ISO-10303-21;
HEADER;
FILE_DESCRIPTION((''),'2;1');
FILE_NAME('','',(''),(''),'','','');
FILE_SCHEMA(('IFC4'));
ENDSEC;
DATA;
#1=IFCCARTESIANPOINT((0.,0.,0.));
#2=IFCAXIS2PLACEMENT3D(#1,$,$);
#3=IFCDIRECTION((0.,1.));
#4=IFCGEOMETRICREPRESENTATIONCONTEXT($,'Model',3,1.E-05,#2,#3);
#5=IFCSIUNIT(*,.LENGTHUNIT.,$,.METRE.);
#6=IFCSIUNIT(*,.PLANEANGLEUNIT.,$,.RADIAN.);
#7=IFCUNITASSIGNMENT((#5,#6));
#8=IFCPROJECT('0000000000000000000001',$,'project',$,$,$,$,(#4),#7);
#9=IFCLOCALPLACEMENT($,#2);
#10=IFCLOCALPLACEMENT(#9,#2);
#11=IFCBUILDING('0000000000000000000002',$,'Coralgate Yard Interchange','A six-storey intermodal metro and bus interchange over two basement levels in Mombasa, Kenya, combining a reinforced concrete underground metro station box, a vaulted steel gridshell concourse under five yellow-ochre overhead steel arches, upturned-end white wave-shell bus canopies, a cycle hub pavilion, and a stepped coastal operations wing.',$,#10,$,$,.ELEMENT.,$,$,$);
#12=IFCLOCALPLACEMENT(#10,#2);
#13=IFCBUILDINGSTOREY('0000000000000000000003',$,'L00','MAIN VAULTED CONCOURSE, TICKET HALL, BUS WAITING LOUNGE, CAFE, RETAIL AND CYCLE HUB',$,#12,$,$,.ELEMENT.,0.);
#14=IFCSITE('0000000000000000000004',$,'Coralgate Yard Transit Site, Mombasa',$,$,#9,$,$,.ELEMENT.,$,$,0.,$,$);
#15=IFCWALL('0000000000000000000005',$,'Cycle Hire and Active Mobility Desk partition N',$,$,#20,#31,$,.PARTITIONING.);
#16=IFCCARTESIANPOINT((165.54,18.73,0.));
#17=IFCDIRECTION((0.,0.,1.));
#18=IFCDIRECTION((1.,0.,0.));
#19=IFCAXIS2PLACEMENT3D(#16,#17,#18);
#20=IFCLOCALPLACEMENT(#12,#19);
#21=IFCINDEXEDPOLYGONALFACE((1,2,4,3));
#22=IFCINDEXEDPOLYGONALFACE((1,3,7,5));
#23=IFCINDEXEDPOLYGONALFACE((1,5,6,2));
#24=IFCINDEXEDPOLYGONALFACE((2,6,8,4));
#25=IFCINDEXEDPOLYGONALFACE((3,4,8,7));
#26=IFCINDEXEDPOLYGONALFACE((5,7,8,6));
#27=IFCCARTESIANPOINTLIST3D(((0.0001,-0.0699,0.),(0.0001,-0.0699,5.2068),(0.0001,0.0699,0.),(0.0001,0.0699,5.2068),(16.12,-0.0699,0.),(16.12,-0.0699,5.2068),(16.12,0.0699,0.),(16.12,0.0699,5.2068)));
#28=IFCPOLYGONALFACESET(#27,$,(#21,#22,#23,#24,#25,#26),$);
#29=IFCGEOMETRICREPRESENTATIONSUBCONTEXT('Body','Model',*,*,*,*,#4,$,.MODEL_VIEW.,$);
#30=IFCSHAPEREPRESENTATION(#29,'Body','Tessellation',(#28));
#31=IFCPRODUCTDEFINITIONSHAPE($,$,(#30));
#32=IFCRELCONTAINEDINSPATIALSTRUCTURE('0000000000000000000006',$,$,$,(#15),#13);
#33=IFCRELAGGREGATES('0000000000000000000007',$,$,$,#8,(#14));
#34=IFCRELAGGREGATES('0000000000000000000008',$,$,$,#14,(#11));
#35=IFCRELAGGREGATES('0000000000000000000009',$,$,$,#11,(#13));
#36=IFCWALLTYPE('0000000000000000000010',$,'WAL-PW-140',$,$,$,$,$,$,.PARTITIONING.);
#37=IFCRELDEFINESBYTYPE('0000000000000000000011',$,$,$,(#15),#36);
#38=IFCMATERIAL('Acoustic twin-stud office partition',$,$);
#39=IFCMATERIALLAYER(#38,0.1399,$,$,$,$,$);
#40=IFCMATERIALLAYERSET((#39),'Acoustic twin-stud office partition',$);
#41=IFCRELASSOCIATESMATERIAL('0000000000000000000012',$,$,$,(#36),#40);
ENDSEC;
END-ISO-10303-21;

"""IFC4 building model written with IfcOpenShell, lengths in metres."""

from ifc_helpers import new_model, si_unit, direction, frame, frame_2d, origin, place, context, subcontext, project, spatial, rectangle, extrude, material, layer, layer_set, type_object, element, save


model = new_model("IFC4")

# Units and contexts
model_context = context("Model", 3, precision=1e-05, world=origin(), true_north=direction((0.0, 1.0)))
body_context = subcontext(model_context, "Body", "Model", "MODEL_VIEW")
ifc_project = project(units=[si_unit("LENGTHUNIT", "METRE"), si_unit("PLANEANGLEUNIT", "RADIAN")], contexts=[model_context])

# Site, building, storey
site_placement = place(None, origin())
site = spatial("IfcSite", under=ifc_project, at=site_placement, Name="Coralgate Yard Transit Site, Mombasa", CompositionType="ELEMENT", RefElevation=0.0)
building_placement = place(site_placement, origin())
building = spatial("IfcBuilding", under=site, at=building_placement, Name="Coralgate Yard Interchange", Description="A six-storey intermodal metro and bus interchange over two basement levels in Mombasa, Kenya, combining a reinforced concrete underground metro station box, a vaulted steel gridshell concourse under five yellow-ochre overhead steel arches, upturned-end white wave-shell bus canopies, a cycle hub pavilion, and a stepped coastal operations wing.", CompositionType="ELEMENT")
storey_placement = place(building_placement, origin())
storey = spatial("IfcBuildingStorey", under=building, at=storey_placement, Name="L00", Description="MAIN VAULTED CONCOURSE, TICKET HALL, BUS WAITING LOUNGE, CAFE, RETAIL AND CYCLE HUB", CompositionType="ELEMENT", Elevation=0.0)

# Shared definitions
ifc_material_1 = material(Name="Acoustic twin-stud office partition")
ifc_layer_1 = layer(ifc_material_1, 0.1399)
ifc_layer_set_1 = layer_set([ifc_layer_1], Name="Acoustic twin-stud office partition")
wall_type_1 = type_object("IfcWallType", Name="WAL-PW-140", PredefinedType="PARTITIONING", material=ifc_layer_set_1)

# Wall
wall_1_placement = place(storey_placement, frame((165.54, 18.73, 0.0), z_axis=(0.0, 0.0, 1.0), x_axis=(1.0, 0.0, 0.0)))
element("IfcWall", 1, at=wall_1_placement, inside=storey, type_object=wall_type_1, Name="Cycle Hire and Active Mobility Desk partition N", PredefinedType="PARTITIONING", context=body_context, shape_type="SweptSolid", body=[
    extrude(rectangle(XDim=16.1199, YDim=0.1399, at=frame_2d((8.0601, 0.0))), origin(), (0.0, 0.0, 1.0), 5.2068),
])

save(model, "model.ifc")
